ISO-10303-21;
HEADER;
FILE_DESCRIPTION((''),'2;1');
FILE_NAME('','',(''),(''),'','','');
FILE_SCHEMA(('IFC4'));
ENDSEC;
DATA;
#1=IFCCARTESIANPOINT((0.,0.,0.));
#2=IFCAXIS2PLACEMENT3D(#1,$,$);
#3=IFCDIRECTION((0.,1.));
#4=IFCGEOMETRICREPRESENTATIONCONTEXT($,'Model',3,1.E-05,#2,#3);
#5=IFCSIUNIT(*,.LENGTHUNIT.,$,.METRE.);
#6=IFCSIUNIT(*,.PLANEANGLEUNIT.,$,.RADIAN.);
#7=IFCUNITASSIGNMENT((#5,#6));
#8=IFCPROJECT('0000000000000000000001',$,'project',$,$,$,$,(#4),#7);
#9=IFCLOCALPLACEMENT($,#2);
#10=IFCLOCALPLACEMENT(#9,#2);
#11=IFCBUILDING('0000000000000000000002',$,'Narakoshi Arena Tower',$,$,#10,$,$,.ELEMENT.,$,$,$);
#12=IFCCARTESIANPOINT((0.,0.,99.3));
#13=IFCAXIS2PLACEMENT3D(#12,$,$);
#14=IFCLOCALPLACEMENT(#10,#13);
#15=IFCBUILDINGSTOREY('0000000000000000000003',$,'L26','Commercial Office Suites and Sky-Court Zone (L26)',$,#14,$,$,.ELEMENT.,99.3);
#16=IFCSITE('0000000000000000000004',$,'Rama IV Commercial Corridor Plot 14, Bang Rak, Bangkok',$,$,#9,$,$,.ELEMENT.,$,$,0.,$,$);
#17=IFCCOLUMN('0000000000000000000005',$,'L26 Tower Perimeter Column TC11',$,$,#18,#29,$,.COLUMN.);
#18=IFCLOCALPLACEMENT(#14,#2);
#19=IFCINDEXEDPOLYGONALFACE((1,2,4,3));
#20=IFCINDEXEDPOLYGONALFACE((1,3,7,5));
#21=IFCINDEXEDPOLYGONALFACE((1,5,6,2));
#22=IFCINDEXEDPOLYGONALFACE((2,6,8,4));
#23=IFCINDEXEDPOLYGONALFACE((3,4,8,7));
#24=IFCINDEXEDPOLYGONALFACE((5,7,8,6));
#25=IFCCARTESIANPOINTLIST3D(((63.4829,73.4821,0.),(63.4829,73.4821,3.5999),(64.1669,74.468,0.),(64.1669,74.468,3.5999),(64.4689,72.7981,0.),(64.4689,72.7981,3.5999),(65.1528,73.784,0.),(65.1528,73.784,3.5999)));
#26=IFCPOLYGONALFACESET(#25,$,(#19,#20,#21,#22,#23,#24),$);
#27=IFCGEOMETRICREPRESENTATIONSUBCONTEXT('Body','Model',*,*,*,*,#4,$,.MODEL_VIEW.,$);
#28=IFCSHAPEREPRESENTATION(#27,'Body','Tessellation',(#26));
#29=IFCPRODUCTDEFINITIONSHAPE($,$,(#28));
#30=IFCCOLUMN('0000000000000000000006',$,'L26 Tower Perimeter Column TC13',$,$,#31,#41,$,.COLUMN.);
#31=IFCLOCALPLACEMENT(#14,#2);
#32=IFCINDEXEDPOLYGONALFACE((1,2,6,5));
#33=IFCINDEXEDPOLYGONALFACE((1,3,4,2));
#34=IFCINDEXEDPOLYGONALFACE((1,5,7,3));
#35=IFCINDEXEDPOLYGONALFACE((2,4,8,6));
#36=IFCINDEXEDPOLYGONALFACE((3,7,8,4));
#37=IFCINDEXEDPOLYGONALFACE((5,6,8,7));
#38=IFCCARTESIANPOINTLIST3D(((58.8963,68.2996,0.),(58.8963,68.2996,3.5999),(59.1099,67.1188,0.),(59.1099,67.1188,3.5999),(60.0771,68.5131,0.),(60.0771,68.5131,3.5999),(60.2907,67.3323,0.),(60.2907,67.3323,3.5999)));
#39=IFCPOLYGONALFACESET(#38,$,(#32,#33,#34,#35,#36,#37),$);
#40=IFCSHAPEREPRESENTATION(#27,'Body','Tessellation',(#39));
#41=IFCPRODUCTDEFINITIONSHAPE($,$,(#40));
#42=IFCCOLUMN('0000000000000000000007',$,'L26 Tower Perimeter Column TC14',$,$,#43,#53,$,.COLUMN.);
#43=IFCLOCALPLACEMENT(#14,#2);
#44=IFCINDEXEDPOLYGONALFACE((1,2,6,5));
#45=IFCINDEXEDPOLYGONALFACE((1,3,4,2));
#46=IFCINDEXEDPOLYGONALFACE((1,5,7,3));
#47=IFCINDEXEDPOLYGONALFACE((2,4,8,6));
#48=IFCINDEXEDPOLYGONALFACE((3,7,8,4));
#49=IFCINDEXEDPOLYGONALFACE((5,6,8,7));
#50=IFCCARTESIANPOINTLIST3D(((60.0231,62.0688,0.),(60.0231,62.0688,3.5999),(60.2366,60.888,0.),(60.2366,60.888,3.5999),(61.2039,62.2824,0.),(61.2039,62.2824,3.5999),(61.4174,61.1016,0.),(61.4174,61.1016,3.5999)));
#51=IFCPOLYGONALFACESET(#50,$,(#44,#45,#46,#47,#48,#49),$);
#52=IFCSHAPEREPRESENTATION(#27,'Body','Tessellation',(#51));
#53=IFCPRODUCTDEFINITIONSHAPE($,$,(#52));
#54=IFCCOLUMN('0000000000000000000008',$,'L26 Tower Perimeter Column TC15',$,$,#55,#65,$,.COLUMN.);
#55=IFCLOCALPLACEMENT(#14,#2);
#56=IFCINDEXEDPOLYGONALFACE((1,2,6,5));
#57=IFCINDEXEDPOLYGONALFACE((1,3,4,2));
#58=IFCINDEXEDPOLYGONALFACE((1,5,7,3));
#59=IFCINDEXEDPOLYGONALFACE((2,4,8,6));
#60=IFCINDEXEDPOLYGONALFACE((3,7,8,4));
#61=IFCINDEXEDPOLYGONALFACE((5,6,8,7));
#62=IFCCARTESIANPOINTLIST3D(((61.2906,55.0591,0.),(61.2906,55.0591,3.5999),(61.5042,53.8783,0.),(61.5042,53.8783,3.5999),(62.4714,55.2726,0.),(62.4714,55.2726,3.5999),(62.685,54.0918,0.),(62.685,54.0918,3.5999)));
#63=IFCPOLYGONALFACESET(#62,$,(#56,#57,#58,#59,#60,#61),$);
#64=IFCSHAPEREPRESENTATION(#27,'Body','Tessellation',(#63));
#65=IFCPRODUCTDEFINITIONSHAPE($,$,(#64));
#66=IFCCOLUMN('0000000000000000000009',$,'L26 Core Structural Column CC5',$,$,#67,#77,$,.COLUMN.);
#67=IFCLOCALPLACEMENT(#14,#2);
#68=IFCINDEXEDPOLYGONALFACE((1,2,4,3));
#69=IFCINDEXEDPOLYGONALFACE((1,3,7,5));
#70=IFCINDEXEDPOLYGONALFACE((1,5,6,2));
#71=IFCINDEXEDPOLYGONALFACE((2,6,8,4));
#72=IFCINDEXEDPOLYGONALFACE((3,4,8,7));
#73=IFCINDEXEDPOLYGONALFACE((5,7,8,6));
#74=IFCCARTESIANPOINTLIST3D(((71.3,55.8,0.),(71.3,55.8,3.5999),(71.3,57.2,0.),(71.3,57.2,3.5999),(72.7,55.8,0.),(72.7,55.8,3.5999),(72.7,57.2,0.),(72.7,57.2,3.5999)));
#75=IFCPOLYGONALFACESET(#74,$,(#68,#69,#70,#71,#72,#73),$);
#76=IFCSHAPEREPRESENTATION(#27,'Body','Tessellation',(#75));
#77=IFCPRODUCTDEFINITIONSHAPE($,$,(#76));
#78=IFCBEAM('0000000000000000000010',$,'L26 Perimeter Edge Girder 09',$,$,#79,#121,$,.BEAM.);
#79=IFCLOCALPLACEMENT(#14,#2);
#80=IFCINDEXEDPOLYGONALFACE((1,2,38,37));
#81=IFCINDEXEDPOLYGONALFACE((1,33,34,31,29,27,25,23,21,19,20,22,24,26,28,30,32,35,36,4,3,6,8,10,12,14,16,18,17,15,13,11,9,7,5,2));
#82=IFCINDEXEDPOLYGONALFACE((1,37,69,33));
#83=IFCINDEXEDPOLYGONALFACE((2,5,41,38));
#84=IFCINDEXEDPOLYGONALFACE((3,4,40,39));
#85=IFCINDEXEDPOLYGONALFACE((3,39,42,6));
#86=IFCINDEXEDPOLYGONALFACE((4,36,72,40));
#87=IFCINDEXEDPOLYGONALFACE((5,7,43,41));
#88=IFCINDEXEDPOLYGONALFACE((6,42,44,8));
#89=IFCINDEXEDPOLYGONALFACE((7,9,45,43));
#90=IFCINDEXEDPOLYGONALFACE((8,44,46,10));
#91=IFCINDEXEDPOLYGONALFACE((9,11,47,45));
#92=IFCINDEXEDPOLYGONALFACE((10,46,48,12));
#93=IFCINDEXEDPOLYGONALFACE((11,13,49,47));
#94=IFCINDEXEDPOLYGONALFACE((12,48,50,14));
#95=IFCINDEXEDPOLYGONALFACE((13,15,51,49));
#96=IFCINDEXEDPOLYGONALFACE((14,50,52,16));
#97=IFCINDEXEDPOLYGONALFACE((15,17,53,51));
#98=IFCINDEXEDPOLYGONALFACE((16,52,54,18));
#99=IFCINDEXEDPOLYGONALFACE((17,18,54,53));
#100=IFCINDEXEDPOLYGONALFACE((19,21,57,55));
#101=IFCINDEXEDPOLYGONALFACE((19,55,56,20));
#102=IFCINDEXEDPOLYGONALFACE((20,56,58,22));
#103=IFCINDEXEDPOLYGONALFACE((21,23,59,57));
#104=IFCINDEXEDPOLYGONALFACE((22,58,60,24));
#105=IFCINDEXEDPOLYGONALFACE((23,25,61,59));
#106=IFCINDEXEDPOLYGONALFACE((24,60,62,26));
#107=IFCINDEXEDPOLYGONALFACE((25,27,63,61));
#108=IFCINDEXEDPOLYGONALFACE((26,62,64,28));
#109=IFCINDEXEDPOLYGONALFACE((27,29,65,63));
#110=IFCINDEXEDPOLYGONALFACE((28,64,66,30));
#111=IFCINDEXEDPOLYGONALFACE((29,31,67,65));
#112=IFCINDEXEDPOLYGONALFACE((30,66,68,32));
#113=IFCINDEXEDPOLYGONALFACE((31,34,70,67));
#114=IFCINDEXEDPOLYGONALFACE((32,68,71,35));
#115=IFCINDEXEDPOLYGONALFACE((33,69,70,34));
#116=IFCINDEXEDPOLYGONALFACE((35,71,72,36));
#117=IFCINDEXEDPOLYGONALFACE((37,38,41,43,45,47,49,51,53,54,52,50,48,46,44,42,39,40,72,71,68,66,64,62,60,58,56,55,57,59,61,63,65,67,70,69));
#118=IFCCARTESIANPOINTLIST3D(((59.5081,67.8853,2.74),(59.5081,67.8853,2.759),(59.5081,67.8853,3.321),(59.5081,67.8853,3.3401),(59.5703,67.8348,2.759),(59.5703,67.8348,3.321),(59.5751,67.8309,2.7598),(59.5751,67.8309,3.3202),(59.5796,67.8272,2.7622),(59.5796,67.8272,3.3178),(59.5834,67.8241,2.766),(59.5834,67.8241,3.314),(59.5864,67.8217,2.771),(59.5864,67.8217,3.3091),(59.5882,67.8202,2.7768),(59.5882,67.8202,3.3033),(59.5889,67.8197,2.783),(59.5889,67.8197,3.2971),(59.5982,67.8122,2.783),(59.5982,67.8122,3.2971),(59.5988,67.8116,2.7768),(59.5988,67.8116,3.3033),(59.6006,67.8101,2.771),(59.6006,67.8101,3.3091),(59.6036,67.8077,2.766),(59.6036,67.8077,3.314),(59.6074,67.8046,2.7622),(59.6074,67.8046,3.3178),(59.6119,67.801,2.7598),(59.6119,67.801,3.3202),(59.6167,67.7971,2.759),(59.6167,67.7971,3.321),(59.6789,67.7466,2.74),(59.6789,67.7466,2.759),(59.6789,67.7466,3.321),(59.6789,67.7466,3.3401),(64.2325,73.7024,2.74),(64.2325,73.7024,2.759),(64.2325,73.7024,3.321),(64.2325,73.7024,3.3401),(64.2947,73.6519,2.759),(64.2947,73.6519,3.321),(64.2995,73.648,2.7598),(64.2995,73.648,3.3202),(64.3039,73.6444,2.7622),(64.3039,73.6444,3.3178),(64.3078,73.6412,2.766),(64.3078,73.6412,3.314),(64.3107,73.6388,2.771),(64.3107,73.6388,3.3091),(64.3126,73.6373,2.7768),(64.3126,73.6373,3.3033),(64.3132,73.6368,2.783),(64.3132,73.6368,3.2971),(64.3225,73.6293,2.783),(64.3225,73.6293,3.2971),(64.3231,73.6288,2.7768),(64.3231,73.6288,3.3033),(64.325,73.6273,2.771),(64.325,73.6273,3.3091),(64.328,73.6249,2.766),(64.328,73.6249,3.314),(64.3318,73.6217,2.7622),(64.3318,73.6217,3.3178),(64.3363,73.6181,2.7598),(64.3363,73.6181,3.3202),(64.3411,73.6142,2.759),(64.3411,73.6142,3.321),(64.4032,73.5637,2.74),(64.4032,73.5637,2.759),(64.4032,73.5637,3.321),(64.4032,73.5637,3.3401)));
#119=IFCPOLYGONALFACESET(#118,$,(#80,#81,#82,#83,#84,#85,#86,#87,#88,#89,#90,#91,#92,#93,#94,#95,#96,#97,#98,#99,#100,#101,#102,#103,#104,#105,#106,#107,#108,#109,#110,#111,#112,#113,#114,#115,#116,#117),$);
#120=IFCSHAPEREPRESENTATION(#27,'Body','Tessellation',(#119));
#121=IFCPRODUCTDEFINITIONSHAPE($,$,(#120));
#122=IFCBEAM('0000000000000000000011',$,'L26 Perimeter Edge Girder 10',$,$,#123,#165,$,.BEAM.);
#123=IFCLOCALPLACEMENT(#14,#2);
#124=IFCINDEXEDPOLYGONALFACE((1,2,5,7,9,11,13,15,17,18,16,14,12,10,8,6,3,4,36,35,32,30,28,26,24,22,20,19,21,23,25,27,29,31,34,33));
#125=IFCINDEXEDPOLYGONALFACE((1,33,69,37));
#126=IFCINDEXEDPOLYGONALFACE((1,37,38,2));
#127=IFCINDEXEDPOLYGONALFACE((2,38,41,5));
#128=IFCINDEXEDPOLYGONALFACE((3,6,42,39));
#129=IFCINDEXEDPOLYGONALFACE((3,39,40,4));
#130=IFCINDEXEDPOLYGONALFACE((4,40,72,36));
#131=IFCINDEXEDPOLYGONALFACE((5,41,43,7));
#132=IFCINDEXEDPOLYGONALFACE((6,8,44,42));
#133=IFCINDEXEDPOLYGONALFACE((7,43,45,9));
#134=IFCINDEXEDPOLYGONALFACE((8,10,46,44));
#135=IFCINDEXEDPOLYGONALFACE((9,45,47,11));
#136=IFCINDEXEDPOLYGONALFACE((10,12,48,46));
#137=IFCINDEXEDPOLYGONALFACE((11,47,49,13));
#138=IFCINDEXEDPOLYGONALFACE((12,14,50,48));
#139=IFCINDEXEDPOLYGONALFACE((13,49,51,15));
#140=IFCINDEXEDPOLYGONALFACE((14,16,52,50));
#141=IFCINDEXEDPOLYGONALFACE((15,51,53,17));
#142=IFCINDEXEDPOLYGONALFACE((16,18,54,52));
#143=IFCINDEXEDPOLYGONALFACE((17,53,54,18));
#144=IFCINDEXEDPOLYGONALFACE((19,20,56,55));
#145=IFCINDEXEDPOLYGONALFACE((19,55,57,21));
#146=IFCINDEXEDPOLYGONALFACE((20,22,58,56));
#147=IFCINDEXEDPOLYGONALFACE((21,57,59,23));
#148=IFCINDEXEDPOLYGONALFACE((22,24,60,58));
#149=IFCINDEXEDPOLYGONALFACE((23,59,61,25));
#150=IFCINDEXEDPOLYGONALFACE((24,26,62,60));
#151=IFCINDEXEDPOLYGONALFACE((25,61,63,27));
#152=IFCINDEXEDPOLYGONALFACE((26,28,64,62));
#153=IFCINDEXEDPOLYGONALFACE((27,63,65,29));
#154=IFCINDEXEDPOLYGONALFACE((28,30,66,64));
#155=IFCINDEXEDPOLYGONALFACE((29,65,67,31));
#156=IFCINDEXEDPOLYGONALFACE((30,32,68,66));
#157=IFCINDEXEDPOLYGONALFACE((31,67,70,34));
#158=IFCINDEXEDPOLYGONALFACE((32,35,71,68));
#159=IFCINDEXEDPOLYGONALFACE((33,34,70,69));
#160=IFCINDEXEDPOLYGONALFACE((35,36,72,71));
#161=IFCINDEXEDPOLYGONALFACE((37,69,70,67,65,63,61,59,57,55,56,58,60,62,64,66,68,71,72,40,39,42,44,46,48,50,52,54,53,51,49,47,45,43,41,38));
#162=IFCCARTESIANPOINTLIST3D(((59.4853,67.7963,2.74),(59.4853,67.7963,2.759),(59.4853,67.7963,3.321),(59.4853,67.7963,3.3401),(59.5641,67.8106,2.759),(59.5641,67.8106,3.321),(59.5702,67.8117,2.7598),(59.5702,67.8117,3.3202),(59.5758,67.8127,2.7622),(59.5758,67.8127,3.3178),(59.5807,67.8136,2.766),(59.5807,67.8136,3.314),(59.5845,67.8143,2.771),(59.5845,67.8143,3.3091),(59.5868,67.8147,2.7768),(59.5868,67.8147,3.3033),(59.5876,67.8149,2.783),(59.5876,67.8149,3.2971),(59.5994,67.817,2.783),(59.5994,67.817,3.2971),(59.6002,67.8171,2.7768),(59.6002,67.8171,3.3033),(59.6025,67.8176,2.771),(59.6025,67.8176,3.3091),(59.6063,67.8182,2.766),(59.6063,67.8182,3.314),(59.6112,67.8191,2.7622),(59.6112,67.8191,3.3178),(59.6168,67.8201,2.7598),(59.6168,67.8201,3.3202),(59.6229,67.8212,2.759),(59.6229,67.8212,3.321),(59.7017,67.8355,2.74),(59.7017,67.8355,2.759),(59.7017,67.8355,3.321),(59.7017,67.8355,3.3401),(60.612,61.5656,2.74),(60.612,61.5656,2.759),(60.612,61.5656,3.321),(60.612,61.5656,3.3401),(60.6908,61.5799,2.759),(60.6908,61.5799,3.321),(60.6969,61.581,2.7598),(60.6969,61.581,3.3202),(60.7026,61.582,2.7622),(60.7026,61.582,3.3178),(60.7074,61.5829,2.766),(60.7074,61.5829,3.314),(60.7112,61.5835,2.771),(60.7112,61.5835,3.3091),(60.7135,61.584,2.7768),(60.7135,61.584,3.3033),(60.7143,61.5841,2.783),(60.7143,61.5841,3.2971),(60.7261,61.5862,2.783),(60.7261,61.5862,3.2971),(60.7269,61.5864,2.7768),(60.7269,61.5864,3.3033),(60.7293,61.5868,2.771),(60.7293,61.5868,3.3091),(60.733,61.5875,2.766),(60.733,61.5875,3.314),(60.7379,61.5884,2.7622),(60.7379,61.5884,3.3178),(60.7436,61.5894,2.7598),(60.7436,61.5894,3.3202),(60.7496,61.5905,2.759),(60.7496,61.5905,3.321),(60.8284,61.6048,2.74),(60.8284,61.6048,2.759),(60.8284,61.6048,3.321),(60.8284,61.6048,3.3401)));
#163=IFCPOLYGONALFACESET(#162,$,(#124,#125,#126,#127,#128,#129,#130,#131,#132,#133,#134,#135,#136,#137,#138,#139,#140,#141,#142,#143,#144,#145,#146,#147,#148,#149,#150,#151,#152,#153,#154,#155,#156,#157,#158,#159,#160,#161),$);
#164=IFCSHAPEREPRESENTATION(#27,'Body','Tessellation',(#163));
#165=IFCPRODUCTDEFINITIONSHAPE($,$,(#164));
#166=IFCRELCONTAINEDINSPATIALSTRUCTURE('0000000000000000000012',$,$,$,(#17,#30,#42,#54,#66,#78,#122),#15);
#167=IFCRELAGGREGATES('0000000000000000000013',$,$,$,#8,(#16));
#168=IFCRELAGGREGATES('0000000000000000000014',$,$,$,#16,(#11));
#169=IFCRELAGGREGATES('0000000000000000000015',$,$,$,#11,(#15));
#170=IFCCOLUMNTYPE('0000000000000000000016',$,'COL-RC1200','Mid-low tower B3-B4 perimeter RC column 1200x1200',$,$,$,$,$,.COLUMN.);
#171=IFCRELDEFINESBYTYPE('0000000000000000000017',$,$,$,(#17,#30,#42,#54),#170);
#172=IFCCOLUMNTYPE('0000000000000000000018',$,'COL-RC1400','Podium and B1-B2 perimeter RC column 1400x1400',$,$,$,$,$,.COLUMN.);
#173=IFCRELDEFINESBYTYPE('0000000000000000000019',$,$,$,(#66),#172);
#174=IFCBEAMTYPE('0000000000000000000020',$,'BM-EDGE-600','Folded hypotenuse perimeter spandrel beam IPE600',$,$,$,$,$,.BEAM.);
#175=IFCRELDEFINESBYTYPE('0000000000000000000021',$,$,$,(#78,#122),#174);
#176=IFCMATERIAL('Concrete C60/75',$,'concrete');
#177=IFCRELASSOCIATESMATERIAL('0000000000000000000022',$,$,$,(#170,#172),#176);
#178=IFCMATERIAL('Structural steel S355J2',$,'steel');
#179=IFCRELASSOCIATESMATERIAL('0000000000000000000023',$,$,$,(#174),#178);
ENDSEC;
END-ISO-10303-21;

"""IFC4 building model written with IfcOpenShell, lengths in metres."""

from ifc_helpers import new_model, si_unit, direction, frame, origin, origin_2d, place, context, subcontext, project, spatial, rectangle, i_section, extrude, material, material_profile, profile_set, type_object, element, save


model = new_model("IFC4")

# Units and contexts
model_context = context("Model", 3, precision=1e-05, world=origin(), true_north=direction((0.0, 1.0)))
body_context = subcontext(model_context, "Body", "Model", "MODEL_VIEW")
ifc_project = project(units=[si_unit("LENGTHUNIT", "METRE"), si_unit("PLANEANGLEUNIT", "RADIAN")], contexts=[model_context])

# Site, building, storey
site_placement = place(None, origin())
site = spatial("IfcSite", under=ifc_project, at=site_placement, Name="Rama IV Commercial Corridor Plot 14, Bang Rak, Bangkok", CompositionType="ELEMENT", RefElevation=0.0)
building_placement = place(site_placement, origin())
building = spatial("IfcBuilding", under=site, at=building_placement, Name="Narakoshi Arena Tower", CompositionType="ELEMENT")
storey_placement = place(building_placement, frame((0.0, 0.0, 99.3)))
storey = spatial("IfcBuildingStorey", under=building, at=storey_placement, Name="L26", Description="Commercial Office Suites and Sky-Court Zone (L26)", CompositionType="ELEMENT", Elevation=99.3)

# Columns
ifc_material_1 = material(Name="Concrete C60/75", Category="concrete")
ifc_material_profile_1 = material_profile(ifc_material_1, rectangle(XDim=1.2, YDim=1.2, at=origin_2d()), Name="RC1200x1200")
ifc_profile_set_1 = profile_set([ifc_material_profile_1], Name="Concrete C60/75")
column_type_1 = type_object("IfcColumnType", Name="COL-RC1200", Description="Mid-low tower B3-B4 perimeter RC column 1200x1200", PredefinedType="COLUMN", material=ifc_profile_set_1)
for number, where, z_axis, x_axis, name in (
    (1, (64.3179, 73.6331, 0.0), (0.0, 0.0, 1.0), (0.569997, 0.821647, 0.0), "L26 Tower Perimeter Column TC11"),
    (2, (59.5935, 67.8159, 0.0), (0.0, 0.0, 1.0), (-0.177944, 0.984041, 0.0), "L26 Tower Perimeter Column TC13"),
    (3, (60.7202, 61.5852, 0.0), (0.0, 0.0, 1.0), (-0.177944, 0.984041, 0.0), "L26 Tower Perimeter Column TC14"),
    (4, (61.9878, 54.5754, 0.0), (0.0, 0.0, 1.0), (-0.177944, 0.984041, 0.0), "L26 Tower Perimeter Column TC15"),
):
    element("IfcColumn", number, at=place(storey_placement, frame(where, z_axis=z_axis, x_axis=x_axis)), inside=storey, type_object=column_type_1, Name=name, PredefinedType="COLUMN", context=body_context, shape_type="SweptSolid", body=[
        extrude(rectangle(XDim=1.2, YDim=1.2, at=origin_2d()), origin(), (0.0, 0.0, 1.0), 3.5999),
    ])
ifc_material_profile_2 = material_profile(ifc_material_1, rectangle(XDim=1.3999, YDim=1.3999, at=origin_2d()), Name="RC1400x1400")
ifc_profile_set_2 = profile_set([ifc_material_profile_2], Name="Concrete C60/75")
column_type_2 = type_object("IfcColumnType", Name="COL-RC1400", Description="Podium and B1-B2 perimeter RC column 1400x1400", PredefinedType="COLUMN", material=ifc_profile_set_2)
column_placement = place(storey_placement, frame((72.0, 56.5, 0.0), z_axis=(0.0, 0.0, 1.0), x_axis=(1.0, 0.0, 0.0)))
element("IfcColumn", 5, at=column_placement, inside=storey, type_object=column_type_2, Name="L26 Core Structural Column CC5", PredefinedType="COLUMN", context=body_context, shape_type="SweptSolid", body=[
    extrude(rectangle(XDim=1.3999, YDim=1.3999, at=origin_2d()), origin(), (0.0, 0.0, 1.0), 3.5999),
])

# Beams
ifc_material_2 = material(Name="Structural steel S355J2", Category="steel")
ifc_material_profile_3 = material_profile(ifc_material_2, i_section(OverallWidth=0.22, OverallDepth=0.6001, WebThickness=0.012, FlangeThickness=0.019, FilletRadius=0.0239, at=origin_2d()), Name="IPE600")
ifc_profile_set_3 = profile_set([ifc_material_profile_3], Name="Structural steel S355J2")
beam_type_1 = type_object("IfcBeamType", Name="BM-EDGE-600", Description="Folded hypotenuse perimeter spandrel beam IPE600", PredefinedType="BEAM", material=ifc_profile_set_3)
beam_1_placement = place(storey_placement, frame((64.3179, 73.6331, 3.04), z_axis=(-0.630427, -0.776249, 0.0), x_axis=(0.776249, -0.630427, 0.0)))
element("IfcBeam", 6, at=beam_1_placement, inside=storey, type_object=beam_type_1, Name="L26 Perimeter Edge Girder 09", PredefinedType="BEAM", context=body_context, shape_type="SweptSolid", body=[
    extrude(i_section(OverallWidth=0.22, OverallDepth=0.6001, WebThickness=0.012, FlangeThickness=0.019, FilletRadius=0.0239, at=origin_2d()), origin(), (0.0, 0.0, 1.0), 7.4939),
])
beam_2_placement = place(storey_placement, frame((59.5935, 67.8159, 3.04), z_axis=(0.177945, -0.98404, 0.0), x_axis=(0.98404, 0.177945, 0.0)))
element("IfcBeam", 7, at=beam_2_placement, inside=storey, type_object=beam_type_1, Name="L26 Perimeter Edge Girder 10", PredefinedType="BEAM", context=body_context, shape_type="SweptSolid", body=[
    extrude(i_section(OverallWidth=0.22, OverallDepth=0.6001, WebThickness=0.012, FlangeThickness=0.019, FilletRadius=0.0239, at=origin_2d()), origin(), (0.0, 0.0, 1.0), 6.3318),
])

save(model, "model.ifc")
